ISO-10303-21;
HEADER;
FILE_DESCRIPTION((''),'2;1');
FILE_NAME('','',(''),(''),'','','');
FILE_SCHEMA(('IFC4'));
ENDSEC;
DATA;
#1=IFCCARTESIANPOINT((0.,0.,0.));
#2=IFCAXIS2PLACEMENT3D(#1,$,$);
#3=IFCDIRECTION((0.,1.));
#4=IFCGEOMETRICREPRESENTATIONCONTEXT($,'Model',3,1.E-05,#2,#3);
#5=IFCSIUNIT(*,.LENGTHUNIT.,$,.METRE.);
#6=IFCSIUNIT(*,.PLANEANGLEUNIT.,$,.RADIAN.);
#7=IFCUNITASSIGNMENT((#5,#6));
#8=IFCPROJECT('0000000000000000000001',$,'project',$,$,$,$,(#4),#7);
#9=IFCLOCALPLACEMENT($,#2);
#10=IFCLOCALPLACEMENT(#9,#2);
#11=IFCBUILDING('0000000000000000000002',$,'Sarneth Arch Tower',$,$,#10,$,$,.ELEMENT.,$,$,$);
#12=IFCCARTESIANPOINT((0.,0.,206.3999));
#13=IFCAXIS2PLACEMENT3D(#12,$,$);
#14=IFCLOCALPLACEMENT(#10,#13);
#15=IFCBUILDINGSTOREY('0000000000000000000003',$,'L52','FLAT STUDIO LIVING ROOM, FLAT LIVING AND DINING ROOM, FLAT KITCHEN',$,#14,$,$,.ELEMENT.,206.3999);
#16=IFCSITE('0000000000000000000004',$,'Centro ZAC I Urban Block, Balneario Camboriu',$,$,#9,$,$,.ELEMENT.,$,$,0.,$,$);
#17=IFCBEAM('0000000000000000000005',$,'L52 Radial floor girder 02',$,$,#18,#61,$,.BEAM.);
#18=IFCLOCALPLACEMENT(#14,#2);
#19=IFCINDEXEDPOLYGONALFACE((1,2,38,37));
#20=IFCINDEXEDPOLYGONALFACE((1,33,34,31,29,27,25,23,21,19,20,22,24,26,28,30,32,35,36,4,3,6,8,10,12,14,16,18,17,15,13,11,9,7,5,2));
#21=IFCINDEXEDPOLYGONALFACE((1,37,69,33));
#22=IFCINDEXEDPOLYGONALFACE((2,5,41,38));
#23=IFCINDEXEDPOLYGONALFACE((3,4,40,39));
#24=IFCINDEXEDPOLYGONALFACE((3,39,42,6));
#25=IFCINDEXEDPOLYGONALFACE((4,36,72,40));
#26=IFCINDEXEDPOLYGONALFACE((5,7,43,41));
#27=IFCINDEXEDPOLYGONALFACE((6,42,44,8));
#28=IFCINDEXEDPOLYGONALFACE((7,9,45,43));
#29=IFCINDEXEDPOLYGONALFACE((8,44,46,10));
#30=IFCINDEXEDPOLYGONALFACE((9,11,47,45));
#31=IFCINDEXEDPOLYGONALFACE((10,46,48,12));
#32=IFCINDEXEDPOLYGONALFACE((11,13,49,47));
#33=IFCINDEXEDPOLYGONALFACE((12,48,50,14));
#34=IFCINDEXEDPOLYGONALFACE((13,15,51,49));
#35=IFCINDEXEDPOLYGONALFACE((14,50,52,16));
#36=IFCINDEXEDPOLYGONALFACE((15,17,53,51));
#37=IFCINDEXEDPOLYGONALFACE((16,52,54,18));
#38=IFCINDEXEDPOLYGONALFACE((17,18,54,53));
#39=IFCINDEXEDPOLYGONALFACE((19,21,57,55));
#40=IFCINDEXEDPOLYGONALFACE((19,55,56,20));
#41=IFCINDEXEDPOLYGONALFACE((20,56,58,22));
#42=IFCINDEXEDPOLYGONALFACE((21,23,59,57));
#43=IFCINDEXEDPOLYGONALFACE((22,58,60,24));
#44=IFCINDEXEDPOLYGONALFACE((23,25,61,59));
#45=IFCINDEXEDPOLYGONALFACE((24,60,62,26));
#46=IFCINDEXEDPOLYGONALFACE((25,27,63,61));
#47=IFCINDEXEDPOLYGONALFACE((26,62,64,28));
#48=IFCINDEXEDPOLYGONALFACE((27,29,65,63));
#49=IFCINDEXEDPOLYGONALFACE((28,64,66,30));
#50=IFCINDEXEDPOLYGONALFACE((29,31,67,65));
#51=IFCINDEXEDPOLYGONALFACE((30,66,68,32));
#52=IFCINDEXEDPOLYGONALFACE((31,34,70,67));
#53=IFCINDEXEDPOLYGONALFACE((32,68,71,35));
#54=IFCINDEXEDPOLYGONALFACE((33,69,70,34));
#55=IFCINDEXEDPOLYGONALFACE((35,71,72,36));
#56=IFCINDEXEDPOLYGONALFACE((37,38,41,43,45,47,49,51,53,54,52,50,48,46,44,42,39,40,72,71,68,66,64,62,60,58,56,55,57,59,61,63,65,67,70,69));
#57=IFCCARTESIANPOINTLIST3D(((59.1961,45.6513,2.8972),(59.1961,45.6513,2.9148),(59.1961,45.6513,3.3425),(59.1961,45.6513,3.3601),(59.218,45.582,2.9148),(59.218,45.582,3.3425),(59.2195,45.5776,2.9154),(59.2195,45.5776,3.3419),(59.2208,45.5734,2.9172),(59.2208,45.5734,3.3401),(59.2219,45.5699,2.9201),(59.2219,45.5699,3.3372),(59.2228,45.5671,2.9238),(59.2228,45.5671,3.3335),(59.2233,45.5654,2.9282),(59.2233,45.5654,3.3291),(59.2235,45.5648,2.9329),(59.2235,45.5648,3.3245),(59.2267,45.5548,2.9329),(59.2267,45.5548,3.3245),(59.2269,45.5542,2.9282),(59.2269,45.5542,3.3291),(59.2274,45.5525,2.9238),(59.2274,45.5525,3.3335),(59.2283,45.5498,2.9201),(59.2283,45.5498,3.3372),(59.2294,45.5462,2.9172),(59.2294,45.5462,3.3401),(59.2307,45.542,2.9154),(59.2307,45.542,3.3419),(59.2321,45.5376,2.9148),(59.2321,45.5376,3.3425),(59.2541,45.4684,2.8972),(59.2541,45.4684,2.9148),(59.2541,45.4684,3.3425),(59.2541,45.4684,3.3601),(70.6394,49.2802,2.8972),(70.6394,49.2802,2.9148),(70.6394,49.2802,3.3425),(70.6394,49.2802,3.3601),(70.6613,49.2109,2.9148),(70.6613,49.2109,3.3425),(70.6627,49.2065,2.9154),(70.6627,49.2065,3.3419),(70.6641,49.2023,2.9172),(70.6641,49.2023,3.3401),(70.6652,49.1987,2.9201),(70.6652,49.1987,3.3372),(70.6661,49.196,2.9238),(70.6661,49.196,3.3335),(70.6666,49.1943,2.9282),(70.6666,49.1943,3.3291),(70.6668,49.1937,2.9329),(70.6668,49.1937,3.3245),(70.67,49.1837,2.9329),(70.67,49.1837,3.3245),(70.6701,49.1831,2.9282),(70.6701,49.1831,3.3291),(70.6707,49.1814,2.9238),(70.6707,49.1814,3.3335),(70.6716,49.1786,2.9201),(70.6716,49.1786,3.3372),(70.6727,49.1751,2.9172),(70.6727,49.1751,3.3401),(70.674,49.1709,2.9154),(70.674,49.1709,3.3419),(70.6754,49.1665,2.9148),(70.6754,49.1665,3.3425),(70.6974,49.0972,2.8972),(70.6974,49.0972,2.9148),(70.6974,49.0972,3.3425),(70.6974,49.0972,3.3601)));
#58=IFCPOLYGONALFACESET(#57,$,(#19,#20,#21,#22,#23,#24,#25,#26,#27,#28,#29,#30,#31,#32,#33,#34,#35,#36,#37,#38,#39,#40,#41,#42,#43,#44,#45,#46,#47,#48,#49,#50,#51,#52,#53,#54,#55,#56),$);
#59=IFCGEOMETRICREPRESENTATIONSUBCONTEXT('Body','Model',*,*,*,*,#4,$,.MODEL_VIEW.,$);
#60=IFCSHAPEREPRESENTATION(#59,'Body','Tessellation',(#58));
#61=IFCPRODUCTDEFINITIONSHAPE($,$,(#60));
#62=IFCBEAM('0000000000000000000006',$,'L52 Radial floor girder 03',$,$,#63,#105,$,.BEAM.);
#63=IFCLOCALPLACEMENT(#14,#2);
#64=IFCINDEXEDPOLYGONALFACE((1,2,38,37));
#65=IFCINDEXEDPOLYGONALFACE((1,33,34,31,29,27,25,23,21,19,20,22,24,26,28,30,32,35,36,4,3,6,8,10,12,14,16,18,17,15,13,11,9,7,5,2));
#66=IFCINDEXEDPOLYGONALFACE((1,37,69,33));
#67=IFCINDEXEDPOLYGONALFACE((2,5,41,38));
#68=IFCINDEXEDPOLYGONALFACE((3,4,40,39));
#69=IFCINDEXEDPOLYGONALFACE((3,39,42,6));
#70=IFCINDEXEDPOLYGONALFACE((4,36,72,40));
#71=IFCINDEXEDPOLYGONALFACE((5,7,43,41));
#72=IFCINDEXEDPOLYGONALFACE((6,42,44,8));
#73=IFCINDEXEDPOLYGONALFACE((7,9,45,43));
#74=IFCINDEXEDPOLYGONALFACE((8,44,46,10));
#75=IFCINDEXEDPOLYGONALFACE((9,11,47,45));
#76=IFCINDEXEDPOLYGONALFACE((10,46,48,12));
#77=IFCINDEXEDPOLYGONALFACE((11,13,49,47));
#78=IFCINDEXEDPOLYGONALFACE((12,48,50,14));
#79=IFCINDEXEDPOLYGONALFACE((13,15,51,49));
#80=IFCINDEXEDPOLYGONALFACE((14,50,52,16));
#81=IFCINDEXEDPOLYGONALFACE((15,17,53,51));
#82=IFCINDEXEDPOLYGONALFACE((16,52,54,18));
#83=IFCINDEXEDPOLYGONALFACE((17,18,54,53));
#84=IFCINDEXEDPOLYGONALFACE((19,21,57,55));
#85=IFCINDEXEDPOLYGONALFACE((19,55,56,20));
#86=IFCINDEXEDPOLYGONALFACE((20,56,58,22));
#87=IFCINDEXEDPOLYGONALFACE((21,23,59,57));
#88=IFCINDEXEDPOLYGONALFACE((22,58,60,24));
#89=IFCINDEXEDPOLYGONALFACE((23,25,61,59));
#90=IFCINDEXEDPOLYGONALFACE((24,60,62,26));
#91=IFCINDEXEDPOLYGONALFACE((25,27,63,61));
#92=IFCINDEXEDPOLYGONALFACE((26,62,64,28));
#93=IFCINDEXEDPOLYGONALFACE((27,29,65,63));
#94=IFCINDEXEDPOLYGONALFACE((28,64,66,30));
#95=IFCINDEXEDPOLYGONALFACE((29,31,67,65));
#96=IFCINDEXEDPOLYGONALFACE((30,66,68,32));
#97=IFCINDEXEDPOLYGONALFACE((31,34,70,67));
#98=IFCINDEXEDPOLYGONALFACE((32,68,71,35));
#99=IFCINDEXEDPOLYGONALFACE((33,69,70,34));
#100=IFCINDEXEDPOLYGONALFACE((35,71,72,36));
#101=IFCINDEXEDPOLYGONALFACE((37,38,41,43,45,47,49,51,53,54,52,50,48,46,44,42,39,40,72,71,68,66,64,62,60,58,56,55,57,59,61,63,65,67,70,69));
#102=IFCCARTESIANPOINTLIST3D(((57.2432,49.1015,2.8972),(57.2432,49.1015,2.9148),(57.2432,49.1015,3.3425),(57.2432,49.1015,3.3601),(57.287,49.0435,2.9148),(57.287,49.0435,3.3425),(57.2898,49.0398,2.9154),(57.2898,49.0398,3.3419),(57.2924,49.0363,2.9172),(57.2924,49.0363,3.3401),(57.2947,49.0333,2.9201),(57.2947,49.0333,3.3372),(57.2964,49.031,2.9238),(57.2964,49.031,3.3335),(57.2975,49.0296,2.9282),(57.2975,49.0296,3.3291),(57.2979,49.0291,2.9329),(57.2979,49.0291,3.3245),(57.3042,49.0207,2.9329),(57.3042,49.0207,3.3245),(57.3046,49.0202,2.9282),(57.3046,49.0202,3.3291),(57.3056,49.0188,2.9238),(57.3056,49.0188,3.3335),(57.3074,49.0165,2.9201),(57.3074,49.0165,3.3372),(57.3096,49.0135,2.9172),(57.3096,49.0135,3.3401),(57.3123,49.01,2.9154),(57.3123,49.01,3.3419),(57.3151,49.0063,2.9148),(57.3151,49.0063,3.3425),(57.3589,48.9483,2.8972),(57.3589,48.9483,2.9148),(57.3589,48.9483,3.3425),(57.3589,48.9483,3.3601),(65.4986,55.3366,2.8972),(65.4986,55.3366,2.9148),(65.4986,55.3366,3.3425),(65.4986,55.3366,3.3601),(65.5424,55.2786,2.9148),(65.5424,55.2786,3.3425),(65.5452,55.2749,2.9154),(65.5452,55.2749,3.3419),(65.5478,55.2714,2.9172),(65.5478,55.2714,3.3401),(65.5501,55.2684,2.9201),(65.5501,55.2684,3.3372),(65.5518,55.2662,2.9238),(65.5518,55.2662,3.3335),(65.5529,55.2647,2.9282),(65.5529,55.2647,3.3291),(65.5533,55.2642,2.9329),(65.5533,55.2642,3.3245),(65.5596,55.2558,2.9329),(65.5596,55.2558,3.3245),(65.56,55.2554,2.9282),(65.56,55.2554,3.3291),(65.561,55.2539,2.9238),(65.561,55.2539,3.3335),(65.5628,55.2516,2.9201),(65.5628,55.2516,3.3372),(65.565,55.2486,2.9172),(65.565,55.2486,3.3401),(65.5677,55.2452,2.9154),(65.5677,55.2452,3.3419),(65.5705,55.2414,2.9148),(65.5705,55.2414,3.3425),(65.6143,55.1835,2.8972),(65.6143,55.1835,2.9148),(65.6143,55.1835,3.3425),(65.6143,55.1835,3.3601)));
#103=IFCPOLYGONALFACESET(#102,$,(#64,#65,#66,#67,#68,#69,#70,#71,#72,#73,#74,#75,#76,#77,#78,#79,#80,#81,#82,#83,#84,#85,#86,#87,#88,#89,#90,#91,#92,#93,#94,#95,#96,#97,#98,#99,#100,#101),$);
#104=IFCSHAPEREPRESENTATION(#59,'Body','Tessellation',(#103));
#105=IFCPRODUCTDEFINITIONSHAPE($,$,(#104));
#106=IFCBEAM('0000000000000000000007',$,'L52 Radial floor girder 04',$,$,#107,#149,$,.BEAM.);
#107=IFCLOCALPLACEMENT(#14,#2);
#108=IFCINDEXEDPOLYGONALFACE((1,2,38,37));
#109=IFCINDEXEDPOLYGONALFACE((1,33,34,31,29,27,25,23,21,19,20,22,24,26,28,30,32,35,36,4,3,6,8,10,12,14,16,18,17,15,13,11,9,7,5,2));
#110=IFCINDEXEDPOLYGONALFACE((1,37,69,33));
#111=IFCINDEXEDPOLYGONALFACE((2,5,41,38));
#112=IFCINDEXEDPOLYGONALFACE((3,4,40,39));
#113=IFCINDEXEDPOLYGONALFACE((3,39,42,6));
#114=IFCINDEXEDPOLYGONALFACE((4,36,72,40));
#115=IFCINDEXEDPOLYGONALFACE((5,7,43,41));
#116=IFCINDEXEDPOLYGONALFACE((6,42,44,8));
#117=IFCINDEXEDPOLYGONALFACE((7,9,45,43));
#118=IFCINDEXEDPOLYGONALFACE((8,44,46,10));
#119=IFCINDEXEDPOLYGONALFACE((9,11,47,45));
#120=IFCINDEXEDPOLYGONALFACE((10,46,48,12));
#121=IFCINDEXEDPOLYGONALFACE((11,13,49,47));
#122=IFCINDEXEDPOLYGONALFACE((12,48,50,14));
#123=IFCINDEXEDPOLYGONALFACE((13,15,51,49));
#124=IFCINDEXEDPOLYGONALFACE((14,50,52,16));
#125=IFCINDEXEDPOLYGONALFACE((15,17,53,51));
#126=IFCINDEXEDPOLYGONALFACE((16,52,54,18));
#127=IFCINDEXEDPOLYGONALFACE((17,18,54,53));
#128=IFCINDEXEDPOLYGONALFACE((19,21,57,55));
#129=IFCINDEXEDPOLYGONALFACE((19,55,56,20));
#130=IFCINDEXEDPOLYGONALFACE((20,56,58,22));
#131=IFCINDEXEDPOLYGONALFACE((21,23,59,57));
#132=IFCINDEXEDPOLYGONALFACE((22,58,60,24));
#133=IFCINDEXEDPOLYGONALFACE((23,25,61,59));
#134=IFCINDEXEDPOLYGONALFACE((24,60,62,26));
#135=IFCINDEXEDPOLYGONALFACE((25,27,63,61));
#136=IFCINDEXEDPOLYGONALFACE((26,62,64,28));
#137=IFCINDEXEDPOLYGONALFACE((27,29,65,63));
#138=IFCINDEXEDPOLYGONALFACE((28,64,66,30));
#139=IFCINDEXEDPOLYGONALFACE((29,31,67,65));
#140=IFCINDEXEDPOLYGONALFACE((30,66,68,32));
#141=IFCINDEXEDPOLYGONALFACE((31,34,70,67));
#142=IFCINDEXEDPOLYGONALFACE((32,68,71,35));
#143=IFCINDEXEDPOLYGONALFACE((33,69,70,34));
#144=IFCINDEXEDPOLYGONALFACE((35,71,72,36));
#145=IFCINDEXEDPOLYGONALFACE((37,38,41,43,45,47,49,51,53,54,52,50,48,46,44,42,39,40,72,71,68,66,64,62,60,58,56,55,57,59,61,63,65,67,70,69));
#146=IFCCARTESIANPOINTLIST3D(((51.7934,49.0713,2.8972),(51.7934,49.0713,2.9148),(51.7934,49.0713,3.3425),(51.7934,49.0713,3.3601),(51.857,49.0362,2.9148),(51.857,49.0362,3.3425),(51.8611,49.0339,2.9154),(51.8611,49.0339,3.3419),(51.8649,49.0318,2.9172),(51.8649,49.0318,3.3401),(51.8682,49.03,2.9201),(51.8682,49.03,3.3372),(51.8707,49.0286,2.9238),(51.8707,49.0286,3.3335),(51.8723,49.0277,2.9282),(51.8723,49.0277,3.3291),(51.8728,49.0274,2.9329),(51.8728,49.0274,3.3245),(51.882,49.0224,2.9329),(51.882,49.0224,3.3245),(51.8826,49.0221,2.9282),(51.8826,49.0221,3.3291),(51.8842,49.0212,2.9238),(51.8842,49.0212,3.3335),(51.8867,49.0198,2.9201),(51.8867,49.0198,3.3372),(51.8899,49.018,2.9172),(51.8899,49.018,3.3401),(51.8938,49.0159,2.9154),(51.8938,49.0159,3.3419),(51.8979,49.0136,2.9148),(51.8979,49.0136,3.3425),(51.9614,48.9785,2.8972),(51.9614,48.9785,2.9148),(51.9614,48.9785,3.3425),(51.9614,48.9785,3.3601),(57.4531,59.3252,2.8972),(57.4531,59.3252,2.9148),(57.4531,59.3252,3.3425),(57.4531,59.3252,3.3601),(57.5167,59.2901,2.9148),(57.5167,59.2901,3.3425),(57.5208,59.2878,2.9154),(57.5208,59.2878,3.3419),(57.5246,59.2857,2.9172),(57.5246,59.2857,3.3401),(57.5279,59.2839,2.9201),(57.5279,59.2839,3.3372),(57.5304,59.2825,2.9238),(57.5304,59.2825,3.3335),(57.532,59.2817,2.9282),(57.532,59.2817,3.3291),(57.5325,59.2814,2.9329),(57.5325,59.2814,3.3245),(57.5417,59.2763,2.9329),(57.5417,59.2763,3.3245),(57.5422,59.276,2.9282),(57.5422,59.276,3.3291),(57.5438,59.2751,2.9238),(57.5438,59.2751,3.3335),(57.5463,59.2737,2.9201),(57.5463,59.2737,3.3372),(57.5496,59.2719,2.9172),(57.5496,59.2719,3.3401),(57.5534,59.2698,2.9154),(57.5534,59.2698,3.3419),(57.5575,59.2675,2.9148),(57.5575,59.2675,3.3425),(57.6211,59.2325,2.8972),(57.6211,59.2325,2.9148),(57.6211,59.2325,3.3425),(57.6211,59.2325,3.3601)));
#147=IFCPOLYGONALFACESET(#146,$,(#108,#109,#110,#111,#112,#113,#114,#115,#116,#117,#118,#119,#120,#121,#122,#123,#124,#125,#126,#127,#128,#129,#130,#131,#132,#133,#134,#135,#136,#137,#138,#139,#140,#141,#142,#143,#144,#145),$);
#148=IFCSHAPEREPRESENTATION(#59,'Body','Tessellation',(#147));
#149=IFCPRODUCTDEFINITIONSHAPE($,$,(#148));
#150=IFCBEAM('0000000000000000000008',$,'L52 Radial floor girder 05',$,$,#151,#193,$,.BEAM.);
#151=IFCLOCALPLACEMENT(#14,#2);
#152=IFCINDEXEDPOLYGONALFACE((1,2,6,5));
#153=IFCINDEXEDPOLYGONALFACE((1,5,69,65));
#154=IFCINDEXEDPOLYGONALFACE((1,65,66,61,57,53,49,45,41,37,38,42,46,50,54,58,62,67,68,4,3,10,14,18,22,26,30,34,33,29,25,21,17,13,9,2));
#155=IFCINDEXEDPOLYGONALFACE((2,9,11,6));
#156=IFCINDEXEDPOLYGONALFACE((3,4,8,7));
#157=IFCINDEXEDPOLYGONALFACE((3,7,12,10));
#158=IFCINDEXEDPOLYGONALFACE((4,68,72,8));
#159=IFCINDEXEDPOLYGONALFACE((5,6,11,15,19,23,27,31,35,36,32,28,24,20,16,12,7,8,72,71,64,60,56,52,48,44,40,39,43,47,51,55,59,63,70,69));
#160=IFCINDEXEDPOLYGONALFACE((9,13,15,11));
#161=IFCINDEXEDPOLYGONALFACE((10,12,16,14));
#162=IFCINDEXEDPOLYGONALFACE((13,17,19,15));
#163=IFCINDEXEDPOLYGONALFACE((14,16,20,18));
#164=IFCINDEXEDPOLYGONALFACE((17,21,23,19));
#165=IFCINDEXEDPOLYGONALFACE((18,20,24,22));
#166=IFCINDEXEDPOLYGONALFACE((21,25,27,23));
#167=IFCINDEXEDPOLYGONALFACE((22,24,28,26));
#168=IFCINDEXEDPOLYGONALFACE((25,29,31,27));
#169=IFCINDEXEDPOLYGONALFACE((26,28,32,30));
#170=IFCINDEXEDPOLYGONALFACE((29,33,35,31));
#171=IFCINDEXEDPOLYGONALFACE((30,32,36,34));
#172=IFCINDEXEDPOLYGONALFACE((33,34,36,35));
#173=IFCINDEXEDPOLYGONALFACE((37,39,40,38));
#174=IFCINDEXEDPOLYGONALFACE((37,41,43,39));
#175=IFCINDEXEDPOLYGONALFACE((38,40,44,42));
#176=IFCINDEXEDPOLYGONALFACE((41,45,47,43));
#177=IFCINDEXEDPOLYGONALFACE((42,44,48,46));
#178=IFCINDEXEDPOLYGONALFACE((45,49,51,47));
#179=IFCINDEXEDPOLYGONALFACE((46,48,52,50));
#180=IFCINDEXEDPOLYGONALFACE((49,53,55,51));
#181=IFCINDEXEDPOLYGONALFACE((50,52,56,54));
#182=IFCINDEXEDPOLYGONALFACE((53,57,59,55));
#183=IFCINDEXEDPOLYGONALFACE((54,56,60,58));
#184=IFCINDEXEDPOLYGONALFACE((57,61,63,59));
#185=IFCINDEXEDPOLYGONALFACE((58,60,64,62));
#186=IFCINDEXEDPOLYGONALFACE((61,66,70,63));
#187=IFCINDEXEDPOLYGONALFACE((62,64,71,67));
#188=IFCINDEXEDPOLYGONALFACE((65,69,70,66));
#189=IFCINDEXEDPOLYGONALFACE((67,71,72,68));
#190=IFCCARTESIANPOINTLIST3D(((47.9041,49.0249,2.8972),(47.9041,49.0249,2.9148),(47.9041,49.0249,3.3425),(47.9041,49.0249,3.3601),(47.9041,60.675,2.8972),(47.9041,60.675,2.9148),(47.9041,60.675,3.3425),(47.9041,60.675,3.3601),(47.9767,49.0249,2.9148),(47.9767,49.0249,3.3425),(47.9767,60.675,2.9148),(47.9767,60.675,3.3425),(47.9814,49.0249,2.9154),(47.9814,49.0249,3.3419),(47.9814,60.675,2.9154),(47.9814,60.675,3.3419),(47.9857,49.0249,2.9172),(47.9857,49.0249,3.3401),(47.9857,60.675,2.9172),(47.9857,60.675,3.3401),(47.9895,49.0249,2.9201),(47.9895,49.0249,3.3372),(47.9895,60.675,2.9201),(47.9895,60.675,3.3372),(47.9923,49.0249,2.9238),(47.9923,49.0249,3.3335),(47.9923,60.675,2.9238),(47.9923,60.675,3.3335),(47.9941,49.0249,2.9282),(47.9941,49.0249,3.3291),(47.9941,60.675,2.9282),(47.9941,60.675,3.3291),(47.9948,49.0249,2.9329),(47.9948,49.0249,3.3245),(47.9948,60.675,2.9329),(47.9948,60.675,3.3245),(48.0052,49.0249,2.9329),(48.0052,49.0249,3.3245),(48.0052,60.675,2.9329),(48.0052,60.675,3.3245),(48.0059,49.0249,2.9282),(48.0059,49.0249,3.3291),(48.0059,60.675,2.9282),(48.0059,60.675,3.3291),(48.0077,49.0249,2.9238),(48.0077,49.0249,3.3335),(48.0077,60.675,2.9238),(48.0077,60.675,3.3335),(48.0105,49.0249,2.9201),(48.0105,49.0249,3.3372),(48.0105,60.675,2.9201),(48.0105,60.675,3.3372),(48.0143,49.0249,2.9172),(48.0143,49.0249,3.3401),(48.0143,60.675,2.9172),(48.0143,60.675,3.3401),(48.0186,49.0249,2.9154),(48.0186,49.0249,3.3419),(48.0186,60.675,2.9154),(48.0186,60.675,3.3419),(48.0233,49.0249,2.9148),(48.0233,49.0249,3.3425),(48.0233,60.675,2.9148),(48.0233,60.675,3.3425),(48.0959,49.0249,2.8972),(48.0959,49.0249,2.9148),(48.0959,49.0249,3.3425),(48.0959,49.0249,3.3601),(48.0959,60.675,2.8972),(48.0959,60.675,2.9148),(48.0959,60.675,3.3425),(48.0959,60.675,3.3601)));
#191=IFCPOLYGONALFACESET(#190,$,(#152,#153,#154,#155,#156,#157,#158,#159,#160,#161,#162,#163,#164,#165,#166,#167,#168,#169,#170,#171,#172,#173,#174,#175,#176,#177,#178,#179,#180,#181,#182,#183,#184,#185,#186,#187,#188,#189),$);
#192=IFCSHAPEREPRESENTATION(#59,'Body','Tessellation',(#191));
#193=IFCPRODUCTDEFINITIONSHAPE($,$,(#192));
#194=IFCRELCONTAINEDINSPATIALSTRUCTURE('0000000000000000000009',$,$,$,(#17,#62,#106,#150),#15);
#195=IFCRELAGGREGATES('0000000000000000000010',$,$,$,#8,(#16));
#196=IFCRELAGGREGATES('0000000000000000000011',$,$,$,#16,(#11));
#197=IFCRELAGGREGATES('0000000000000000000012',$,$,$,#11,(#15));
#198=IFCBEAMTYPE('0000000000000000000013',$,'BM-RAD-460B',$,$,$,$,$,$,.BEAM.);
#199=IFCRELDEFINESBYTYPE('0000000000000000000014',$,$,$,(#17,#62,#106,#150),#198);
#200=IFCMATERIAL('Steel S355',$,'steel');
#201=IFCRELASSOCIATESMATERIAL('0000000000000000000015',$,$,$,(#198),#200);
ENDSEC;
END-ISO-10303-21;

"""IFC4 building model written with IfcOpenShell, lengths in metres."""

from ifc_helpers import new_model, si_unit, direction, frame, origin, origin_2d, place, context, subcontext, project, spatial, i_section, extrude, material, material_profile, profile_set, type_object, element, save


model = new_model("IFC4")

# Units and contexts
model_context = context("Model", 3, precision=1e-05, world=origin(), true_north=direction((0.0, 1.0)))
body_context = subcontext(model_context, "Body", "Model", "MODEL_VIEW")
ifc_project = project(units=[si_unit("LENGTHUNIT", "METRE"), si_unit("PLANEANGLEUNIT", "RADIAN")], contexts=[model_context])

# Site, building, storey
site_placement = place(None, origin())
site = spatial("IfcSite", under=ifc_project, at=site_placement, Name="Centro ZAC I Urban Block, Balneario Camboriu", CompositionType="ELEMENT", RefElevation=0.0)
building_placement = place(site_placement, origin())
building = spatial("IfcBuilding", under=site, at=building_placement, Name="Sarneth Arch Tower", CompositionType="ELEMENT")
storey_placement = place(building_placement, frame((0.0, 0.0, 206.3999)))
storey = spatial("IfcBuildingStorey", under=building, at=storey_placement, Name="L52", Description="FLAT STUDIO LIVING ROOM, FLAT LIVING AND DINING ROOM, FLAT KITCHEN", CompositionType="ELEMENT", Elevation=206.3999)

# Beams
ifc_material_1 = material(Name="Steel S355", Category="steel")
ifc_material_profile_1 = material_profile(ifc_material_1, i_section(OverallWidth=0.1919, OverallDepth=0.4629, WebThickness=0.0105, FlangeThickness=0.0176, FilletRadius=0.0181, at=origin_2d()), Name="W460x89")
ifc_profile_set_1 = profile_set([ifc_material_profile_1], Name="Steel S355")
beam_type_1 = type_object("IfcBeamType", Name="BM-RAD-460B", PredefinedType="BEAM", material=ifc_profile_set_1)
beam_1_placement = place(storey_placement, frame((59.2251, 45.5598, 3.1287), z_axis=(0.953218, 0.302284, 0.0), x_axis=(-0.302284, 0.953218, 0.0)))
element("IfcBeam", 1, at=beam_1_placement, inside=storey, type_object=beam_type_1, Name="L52 Radial floor girder 02", PredefinedType="BEAM", context=body_context, shape_type="SweptSolid", body=[
    extrude(i_section(OverallWidth=0.1919, OverallDepth=0.4629, WebThickness=0.0105, FlangeThickness=0.0176, FilletRadius=0.0181, at=origin_2d()), origin(), (0.0, 0.0, 1.0), 12.0049),
])
beam_2_placement = place(storey_placement, frame((57.301, 49.0249, 3.1287), z_axis=(0.797974, 0.602693, 0.0), x_axis=(-0.602693, 0.797974, 0.0)))
element("IfcBeam", 2, at=beam_2_placement, inside=storey, type_object=beam_type_1, Name="L52 Radial floor girder 03", PredefinedType="BEAM", context=body_context, shape_type="SweptSolid", body=[
    extrude(i_section(OverallWidth=0.1919, OverallDepth=0.4629, WebThickness=0.0105, FlangeThickness=0.0176, FilletRadius=0.0181, at=origin_2d()), origin(), (0.0, 0.0, 1.0), 10.3455),
])
beam_3_placement = place(storey_placement, frame((51.8774, 49.0249, 3.1287), z_axis=(0.483231, 0.875493, 0.0), x_axis=(-0.875493, 0.483231, 0.0)))
element("IfcBeam", 3, at=beam_3_placement, inside=storey, type_object=beam_type_1, Name="L52 Radial floor girder 04", PredefinedType="BEAM", context=body_context, shape_type="SweptSolid", body=[
    extrude(i_section(OverallWidth=0.1919, OverallDepth=0.4629, WebThickness=0.0105, FlangeThickness=0.0176, FilletRadius=0.0181, at=origin_2d()), origin(), (0.0, 0.0, 1.0), 11.7122),
])
beam_4_placement = place(storey_placement, frame((48.0, 49.0249, 3.1287), z_axis=(0.0, 1.0, 0.0), x_axis=(-1.0, 0.0, 0.0)))
element("IfcBeam", 4, at=beam_4_placement, inside=storey, type_object=beam_type_1, Name="L52 Radial floor girder 05", PredefinedType="BEAM", context=body_context, shape_type="SweptSolid", body=[
    extrude(i_section(OverallWidth=0.1919, OverallDepth=0.4629, WebThickness=0.0105, FlangeThickness=0.0176, FilletRadius=0.0181, at=origin_2d()), origin(), (0.0, 0.0, 1.0), 11.6501),
])

save(model, "model.ifc")
